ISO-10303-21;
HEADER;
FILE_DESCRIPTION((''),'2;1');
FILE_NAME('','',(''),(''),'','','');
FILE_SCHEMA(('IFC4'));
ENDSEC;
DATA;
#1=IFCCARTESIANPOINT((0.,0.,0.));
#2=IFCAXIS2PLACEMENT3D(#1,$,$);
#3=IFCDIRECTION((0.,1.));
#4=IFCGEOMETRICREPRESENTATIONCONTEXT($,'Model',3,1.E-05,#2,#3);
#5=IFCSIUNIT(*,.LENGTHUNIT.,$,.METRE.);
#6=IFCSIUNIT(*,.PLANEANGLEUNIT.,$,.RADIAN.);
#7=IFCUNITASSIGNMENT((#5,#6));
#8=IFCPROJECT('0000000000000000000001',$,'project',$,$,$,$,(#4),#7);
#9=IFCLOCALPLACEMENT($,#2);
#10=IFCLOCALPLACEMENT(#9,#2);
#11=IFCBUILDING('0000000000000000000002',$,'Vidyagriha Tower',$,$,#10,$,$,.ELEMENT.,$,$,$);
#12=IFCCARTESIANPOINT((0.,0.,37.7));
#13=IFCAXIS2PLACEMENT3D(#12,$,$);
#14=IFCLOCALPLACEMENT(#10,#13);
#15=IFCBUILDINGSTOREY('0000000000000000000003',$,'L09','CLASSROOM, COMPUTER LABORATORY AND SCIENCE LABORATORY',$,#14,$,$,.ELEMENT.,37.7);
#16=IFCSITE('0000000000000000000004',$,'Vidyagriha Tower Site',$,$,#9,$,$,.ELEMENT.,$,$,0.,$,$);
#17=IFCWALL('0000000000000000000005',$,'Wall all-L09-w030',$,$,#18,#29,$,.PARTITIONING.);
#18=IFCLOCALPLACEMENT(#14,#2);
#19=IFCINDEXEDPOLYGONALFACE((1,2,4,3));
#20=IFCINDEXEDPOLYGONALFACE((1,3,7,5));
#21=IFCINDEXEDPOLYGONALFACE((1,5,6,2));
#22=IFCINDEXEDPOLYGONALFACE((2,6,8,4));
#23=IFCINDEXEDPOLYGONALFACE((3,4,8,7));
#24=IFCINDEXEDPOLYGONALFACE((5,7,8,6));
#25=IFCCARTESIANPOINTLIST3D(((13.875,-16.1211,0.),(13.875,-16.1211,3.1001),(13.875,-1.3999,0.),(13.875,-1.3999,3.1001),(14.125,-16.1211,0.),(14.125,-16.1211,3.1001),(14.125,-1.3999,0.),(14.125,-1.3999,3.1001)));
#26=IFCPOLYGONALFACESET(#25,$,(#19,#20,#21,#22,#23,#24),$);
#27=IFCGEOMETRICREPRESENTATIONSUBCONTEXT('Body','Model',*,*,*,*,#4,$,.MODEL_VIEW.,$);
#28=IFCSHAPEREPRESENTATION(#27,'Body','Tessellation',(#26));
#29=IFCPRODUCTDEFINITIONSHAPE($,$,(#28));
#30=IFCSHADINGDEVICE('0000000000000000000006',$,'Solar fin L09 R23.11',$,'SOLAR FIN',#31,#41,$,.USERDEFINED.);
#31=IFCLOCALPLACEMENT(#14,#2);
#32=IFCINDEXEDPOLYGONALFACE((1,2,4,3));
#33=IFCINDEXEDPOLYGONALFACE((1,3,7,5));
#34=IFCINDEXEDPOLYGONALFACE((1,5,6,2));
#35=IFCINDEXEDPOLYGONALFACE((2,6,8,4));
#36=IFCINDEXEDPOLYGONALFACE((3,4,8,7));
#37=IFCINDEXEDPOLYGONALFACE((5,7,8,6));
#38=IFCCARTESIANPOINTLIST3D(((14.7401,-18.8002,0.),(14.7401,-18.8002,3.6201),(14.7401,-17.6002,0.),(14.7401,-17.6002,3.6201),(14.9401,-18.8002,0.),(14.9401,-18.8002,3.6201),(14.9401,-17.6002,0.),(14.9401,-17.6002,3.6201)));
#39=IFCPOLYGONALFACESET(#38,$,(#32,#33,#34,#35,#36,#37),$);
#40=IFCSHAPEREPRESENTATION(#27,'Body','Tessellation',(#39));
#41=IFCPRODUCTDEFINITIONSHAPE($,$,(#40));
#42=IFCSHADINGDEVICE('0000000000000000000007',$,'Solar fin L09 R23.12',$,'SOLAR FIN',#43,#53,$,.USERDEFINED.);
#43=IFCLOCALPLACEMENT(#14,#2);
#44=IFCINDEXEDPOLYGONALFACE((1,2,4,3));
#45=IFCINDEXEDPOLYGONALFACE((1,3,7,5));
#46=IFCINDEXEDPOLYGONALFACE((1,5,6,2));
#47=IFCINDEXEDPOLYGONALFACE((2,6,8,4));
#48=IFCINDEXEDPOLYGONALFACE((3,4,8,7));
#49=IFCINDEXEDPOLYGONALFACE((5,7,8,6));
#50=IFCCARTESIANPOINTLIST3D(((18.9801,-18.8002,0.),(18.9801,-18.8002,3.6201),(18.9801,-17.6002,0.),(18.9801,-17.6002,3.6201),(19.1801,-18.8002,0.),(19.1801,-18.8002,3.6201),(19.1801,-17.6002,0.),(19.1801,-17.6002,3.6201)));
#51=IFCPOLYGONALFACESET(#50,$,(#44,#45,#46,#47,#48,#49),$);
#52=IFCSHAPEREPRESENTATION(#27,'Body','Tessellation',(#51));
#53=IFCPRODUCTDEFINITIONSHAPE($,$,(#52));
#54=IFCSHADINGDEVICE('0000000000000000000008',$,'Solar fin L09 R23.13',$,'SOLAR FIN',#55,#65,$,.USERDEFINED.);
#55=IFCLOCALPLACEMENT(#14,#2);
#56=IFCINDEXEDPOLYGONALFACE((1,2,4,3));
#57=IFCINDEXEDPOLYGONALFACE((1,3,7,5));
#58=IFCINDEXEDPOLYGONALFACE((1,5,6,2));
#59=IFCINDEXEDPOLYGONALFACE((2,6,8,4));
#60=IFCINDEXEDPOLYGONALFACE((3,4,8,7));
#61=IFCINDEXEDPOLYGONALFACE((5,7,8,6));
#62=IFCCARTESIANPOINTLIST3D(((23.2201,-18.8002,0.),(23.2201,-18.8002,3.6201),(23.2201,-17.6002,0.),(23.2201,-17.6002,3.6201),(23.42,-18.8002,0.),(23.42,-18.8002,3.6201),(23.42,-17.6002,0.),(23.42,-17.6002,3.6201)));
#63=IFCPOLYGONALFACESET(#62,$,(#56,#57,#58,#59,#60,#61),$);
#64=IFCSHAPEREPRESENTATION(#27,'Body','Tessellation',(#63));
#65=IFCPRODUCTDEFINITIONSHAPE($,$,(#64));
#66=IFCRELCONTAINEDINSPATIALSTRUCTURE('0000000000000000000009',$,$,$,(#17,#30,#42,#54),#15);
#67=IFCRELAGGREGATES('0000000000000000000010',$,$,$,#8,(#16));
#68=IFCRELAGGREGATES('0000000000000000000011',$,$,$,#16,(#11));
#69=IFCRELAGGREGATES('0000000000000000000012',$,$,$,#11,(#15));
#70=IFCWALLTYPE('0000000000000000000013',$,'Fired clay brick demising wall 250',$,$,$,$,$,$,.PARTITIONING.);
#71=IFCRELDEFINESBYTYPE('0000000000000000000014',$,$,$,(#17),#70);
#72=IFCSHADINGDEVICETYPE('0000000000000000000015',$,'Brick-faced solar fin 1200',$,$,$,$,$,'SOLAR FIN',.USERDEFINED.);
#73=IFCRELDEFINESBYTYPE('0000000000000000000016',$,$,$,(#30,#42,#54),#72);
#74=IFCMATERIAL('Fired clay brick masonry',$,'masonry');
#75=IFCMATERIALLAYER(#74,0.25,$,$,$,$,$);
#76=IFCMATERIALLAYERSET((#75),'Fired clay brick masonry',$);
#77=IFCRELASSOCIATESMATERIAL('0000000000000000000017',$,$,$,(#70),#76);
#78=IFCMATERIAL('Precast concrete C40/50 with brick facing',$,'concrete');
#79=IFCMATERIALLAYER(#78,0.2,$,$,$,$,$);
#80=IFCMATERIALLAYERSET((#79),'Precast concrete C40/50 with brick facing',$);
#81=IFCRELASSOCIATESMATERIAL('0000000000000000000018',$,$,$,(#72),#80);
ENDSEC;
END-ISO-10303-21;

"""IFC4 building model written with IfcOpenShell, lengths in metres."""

from ifc_helpers import new_model, si_unit, direction, frame, frame_2d, origin, place, context, subcontext, project, spatial, rectangle, extrude, material, layer, layer_set, type_object, element, save


model = new_model("IFC4")

# Units and contexts
model_context = context("Model", 3, precision=1e-05, world=origin(), true_north=direction((0.0, 1.0)))
body_context = subcontext(model_context, "Body", "Model", "MODEL_VIEW")
ifc_project = project(units=[si_unit("LENGTHUNIT", "METRE"), si_unit("PLANEANGLEUNIT", "RADIAN")], contexts=[model_context])

# Site, building, storey
site_placement = place(None, origin())
site = spatial("IfcSite", under=ifc_project, at=site_placement, Name="Vidyagriha Tower Site", CompositionType="ELEMENT", RefElevation=0.0)
building_placement = place(site_placement, origin())
building = spatial("IfcBuilding", under=site, at=building_placement, Name="Vidyagriha Tower", CompositionType="ELEMENT")
storey_placement = place(building_placement, frame((0.0, 0.0, 37.7)))
storey = spatial("IfcBuildingStorey", under=building, at=storey_placement, Name="L09", Description="CLASSROOM, COMPUTER LABORATORY AND SCIENCE LABORATORY", CompositionType="ELEMENT", Elevation=37.7)

# Wall
ifc_material_1 = material(Name="Fired clay brick masonry", Category="masonry")
ifc_layer_1 = layer(ifc_material_1, 0.25)
ifc_layer_set_1 = layer_set([ifc_layer_1], Name="Fired clay brick masonry")
wall_type_1 = type_object("IfcWallType", Name="Fired clay brick demising wall 250", PredefinedType="PARTITIONING", material=ifc_layer_set_1)
wall_1_placement = place(storey_placement, frame((14.0, -1.3999, 0.0), z_axis=(0.0, 0.0, 1.0), x_axis=(0.0, -1.0, 0.0)))
element("IfcWall", 1, at=wall_1_placement, inside=storey, type_object=wall_type_1, Name="Wall all-L09-w030", PredefinedType="PARTITIONING", context=body_context, shape_type="SweptSolid", body=[
    extrude(rectangle(XDim=14.7212, YDim=0.25, at=frame_2d((7.3606, 0.0))), origin(), (0.0, 0.0, 1.0), 3.1001),
])

# Shading devices
ifc_material_2 = material(Name="Precast concrete C40/50 with brick facing", Category="concrete")
ifc_layer_2 = layer(ifc_material_2, 0.2)
ifc_layer_set_2 = layer_set([ifc_layer_2], Name="Precast concrete C40/50 with brick facing")
shading_device_type = type_object("IfcShadingDeviceType", Name="Brick-faced solar fin 1200", ElementType="SOLAR FIN", PredefinedType="USERDEFINED", material=ifc_layer_set_2)
for number, where, z_axis, x_axis, name in (
    (2, (14.8401, -17.6001, 0.0), (0.0, 0.0, 1.0), (0.0, -1.0, 0.0), "Solar fin L09 R23.11"),
    (3, (19.0801, -17.6001, 0.0), (0.0, 0.0, 1.0), (0.0, -1.0, 0.0), "Solar fin L09 R23.12"),
    (4, (23.3201, -17.6001, 0.0), (0.0, 0.0, 1.0), (0.0, -1.0, 0.0), "Solar fin L09 R23.13"),
):
    element("IfcShadingDevice", number, at=place(storey_placement, frame(where, z_axis=z_axis, x_axis=x_axis)), inside=storey, type_object=shading_device_type, Name=name, ObjectType="SOLAR FIN", PredefinedType="USERDEFINED", context=body_context, shape_type="SweptSolid", body=[
        extrude(rectangle(XDim=1.2, YDim=0.2, at=frame_2d((0.6001, 0.0))), origin(), (0.0, 0.0, 1.0), 3.6201),
    ])

save(model, "model.ifc")
